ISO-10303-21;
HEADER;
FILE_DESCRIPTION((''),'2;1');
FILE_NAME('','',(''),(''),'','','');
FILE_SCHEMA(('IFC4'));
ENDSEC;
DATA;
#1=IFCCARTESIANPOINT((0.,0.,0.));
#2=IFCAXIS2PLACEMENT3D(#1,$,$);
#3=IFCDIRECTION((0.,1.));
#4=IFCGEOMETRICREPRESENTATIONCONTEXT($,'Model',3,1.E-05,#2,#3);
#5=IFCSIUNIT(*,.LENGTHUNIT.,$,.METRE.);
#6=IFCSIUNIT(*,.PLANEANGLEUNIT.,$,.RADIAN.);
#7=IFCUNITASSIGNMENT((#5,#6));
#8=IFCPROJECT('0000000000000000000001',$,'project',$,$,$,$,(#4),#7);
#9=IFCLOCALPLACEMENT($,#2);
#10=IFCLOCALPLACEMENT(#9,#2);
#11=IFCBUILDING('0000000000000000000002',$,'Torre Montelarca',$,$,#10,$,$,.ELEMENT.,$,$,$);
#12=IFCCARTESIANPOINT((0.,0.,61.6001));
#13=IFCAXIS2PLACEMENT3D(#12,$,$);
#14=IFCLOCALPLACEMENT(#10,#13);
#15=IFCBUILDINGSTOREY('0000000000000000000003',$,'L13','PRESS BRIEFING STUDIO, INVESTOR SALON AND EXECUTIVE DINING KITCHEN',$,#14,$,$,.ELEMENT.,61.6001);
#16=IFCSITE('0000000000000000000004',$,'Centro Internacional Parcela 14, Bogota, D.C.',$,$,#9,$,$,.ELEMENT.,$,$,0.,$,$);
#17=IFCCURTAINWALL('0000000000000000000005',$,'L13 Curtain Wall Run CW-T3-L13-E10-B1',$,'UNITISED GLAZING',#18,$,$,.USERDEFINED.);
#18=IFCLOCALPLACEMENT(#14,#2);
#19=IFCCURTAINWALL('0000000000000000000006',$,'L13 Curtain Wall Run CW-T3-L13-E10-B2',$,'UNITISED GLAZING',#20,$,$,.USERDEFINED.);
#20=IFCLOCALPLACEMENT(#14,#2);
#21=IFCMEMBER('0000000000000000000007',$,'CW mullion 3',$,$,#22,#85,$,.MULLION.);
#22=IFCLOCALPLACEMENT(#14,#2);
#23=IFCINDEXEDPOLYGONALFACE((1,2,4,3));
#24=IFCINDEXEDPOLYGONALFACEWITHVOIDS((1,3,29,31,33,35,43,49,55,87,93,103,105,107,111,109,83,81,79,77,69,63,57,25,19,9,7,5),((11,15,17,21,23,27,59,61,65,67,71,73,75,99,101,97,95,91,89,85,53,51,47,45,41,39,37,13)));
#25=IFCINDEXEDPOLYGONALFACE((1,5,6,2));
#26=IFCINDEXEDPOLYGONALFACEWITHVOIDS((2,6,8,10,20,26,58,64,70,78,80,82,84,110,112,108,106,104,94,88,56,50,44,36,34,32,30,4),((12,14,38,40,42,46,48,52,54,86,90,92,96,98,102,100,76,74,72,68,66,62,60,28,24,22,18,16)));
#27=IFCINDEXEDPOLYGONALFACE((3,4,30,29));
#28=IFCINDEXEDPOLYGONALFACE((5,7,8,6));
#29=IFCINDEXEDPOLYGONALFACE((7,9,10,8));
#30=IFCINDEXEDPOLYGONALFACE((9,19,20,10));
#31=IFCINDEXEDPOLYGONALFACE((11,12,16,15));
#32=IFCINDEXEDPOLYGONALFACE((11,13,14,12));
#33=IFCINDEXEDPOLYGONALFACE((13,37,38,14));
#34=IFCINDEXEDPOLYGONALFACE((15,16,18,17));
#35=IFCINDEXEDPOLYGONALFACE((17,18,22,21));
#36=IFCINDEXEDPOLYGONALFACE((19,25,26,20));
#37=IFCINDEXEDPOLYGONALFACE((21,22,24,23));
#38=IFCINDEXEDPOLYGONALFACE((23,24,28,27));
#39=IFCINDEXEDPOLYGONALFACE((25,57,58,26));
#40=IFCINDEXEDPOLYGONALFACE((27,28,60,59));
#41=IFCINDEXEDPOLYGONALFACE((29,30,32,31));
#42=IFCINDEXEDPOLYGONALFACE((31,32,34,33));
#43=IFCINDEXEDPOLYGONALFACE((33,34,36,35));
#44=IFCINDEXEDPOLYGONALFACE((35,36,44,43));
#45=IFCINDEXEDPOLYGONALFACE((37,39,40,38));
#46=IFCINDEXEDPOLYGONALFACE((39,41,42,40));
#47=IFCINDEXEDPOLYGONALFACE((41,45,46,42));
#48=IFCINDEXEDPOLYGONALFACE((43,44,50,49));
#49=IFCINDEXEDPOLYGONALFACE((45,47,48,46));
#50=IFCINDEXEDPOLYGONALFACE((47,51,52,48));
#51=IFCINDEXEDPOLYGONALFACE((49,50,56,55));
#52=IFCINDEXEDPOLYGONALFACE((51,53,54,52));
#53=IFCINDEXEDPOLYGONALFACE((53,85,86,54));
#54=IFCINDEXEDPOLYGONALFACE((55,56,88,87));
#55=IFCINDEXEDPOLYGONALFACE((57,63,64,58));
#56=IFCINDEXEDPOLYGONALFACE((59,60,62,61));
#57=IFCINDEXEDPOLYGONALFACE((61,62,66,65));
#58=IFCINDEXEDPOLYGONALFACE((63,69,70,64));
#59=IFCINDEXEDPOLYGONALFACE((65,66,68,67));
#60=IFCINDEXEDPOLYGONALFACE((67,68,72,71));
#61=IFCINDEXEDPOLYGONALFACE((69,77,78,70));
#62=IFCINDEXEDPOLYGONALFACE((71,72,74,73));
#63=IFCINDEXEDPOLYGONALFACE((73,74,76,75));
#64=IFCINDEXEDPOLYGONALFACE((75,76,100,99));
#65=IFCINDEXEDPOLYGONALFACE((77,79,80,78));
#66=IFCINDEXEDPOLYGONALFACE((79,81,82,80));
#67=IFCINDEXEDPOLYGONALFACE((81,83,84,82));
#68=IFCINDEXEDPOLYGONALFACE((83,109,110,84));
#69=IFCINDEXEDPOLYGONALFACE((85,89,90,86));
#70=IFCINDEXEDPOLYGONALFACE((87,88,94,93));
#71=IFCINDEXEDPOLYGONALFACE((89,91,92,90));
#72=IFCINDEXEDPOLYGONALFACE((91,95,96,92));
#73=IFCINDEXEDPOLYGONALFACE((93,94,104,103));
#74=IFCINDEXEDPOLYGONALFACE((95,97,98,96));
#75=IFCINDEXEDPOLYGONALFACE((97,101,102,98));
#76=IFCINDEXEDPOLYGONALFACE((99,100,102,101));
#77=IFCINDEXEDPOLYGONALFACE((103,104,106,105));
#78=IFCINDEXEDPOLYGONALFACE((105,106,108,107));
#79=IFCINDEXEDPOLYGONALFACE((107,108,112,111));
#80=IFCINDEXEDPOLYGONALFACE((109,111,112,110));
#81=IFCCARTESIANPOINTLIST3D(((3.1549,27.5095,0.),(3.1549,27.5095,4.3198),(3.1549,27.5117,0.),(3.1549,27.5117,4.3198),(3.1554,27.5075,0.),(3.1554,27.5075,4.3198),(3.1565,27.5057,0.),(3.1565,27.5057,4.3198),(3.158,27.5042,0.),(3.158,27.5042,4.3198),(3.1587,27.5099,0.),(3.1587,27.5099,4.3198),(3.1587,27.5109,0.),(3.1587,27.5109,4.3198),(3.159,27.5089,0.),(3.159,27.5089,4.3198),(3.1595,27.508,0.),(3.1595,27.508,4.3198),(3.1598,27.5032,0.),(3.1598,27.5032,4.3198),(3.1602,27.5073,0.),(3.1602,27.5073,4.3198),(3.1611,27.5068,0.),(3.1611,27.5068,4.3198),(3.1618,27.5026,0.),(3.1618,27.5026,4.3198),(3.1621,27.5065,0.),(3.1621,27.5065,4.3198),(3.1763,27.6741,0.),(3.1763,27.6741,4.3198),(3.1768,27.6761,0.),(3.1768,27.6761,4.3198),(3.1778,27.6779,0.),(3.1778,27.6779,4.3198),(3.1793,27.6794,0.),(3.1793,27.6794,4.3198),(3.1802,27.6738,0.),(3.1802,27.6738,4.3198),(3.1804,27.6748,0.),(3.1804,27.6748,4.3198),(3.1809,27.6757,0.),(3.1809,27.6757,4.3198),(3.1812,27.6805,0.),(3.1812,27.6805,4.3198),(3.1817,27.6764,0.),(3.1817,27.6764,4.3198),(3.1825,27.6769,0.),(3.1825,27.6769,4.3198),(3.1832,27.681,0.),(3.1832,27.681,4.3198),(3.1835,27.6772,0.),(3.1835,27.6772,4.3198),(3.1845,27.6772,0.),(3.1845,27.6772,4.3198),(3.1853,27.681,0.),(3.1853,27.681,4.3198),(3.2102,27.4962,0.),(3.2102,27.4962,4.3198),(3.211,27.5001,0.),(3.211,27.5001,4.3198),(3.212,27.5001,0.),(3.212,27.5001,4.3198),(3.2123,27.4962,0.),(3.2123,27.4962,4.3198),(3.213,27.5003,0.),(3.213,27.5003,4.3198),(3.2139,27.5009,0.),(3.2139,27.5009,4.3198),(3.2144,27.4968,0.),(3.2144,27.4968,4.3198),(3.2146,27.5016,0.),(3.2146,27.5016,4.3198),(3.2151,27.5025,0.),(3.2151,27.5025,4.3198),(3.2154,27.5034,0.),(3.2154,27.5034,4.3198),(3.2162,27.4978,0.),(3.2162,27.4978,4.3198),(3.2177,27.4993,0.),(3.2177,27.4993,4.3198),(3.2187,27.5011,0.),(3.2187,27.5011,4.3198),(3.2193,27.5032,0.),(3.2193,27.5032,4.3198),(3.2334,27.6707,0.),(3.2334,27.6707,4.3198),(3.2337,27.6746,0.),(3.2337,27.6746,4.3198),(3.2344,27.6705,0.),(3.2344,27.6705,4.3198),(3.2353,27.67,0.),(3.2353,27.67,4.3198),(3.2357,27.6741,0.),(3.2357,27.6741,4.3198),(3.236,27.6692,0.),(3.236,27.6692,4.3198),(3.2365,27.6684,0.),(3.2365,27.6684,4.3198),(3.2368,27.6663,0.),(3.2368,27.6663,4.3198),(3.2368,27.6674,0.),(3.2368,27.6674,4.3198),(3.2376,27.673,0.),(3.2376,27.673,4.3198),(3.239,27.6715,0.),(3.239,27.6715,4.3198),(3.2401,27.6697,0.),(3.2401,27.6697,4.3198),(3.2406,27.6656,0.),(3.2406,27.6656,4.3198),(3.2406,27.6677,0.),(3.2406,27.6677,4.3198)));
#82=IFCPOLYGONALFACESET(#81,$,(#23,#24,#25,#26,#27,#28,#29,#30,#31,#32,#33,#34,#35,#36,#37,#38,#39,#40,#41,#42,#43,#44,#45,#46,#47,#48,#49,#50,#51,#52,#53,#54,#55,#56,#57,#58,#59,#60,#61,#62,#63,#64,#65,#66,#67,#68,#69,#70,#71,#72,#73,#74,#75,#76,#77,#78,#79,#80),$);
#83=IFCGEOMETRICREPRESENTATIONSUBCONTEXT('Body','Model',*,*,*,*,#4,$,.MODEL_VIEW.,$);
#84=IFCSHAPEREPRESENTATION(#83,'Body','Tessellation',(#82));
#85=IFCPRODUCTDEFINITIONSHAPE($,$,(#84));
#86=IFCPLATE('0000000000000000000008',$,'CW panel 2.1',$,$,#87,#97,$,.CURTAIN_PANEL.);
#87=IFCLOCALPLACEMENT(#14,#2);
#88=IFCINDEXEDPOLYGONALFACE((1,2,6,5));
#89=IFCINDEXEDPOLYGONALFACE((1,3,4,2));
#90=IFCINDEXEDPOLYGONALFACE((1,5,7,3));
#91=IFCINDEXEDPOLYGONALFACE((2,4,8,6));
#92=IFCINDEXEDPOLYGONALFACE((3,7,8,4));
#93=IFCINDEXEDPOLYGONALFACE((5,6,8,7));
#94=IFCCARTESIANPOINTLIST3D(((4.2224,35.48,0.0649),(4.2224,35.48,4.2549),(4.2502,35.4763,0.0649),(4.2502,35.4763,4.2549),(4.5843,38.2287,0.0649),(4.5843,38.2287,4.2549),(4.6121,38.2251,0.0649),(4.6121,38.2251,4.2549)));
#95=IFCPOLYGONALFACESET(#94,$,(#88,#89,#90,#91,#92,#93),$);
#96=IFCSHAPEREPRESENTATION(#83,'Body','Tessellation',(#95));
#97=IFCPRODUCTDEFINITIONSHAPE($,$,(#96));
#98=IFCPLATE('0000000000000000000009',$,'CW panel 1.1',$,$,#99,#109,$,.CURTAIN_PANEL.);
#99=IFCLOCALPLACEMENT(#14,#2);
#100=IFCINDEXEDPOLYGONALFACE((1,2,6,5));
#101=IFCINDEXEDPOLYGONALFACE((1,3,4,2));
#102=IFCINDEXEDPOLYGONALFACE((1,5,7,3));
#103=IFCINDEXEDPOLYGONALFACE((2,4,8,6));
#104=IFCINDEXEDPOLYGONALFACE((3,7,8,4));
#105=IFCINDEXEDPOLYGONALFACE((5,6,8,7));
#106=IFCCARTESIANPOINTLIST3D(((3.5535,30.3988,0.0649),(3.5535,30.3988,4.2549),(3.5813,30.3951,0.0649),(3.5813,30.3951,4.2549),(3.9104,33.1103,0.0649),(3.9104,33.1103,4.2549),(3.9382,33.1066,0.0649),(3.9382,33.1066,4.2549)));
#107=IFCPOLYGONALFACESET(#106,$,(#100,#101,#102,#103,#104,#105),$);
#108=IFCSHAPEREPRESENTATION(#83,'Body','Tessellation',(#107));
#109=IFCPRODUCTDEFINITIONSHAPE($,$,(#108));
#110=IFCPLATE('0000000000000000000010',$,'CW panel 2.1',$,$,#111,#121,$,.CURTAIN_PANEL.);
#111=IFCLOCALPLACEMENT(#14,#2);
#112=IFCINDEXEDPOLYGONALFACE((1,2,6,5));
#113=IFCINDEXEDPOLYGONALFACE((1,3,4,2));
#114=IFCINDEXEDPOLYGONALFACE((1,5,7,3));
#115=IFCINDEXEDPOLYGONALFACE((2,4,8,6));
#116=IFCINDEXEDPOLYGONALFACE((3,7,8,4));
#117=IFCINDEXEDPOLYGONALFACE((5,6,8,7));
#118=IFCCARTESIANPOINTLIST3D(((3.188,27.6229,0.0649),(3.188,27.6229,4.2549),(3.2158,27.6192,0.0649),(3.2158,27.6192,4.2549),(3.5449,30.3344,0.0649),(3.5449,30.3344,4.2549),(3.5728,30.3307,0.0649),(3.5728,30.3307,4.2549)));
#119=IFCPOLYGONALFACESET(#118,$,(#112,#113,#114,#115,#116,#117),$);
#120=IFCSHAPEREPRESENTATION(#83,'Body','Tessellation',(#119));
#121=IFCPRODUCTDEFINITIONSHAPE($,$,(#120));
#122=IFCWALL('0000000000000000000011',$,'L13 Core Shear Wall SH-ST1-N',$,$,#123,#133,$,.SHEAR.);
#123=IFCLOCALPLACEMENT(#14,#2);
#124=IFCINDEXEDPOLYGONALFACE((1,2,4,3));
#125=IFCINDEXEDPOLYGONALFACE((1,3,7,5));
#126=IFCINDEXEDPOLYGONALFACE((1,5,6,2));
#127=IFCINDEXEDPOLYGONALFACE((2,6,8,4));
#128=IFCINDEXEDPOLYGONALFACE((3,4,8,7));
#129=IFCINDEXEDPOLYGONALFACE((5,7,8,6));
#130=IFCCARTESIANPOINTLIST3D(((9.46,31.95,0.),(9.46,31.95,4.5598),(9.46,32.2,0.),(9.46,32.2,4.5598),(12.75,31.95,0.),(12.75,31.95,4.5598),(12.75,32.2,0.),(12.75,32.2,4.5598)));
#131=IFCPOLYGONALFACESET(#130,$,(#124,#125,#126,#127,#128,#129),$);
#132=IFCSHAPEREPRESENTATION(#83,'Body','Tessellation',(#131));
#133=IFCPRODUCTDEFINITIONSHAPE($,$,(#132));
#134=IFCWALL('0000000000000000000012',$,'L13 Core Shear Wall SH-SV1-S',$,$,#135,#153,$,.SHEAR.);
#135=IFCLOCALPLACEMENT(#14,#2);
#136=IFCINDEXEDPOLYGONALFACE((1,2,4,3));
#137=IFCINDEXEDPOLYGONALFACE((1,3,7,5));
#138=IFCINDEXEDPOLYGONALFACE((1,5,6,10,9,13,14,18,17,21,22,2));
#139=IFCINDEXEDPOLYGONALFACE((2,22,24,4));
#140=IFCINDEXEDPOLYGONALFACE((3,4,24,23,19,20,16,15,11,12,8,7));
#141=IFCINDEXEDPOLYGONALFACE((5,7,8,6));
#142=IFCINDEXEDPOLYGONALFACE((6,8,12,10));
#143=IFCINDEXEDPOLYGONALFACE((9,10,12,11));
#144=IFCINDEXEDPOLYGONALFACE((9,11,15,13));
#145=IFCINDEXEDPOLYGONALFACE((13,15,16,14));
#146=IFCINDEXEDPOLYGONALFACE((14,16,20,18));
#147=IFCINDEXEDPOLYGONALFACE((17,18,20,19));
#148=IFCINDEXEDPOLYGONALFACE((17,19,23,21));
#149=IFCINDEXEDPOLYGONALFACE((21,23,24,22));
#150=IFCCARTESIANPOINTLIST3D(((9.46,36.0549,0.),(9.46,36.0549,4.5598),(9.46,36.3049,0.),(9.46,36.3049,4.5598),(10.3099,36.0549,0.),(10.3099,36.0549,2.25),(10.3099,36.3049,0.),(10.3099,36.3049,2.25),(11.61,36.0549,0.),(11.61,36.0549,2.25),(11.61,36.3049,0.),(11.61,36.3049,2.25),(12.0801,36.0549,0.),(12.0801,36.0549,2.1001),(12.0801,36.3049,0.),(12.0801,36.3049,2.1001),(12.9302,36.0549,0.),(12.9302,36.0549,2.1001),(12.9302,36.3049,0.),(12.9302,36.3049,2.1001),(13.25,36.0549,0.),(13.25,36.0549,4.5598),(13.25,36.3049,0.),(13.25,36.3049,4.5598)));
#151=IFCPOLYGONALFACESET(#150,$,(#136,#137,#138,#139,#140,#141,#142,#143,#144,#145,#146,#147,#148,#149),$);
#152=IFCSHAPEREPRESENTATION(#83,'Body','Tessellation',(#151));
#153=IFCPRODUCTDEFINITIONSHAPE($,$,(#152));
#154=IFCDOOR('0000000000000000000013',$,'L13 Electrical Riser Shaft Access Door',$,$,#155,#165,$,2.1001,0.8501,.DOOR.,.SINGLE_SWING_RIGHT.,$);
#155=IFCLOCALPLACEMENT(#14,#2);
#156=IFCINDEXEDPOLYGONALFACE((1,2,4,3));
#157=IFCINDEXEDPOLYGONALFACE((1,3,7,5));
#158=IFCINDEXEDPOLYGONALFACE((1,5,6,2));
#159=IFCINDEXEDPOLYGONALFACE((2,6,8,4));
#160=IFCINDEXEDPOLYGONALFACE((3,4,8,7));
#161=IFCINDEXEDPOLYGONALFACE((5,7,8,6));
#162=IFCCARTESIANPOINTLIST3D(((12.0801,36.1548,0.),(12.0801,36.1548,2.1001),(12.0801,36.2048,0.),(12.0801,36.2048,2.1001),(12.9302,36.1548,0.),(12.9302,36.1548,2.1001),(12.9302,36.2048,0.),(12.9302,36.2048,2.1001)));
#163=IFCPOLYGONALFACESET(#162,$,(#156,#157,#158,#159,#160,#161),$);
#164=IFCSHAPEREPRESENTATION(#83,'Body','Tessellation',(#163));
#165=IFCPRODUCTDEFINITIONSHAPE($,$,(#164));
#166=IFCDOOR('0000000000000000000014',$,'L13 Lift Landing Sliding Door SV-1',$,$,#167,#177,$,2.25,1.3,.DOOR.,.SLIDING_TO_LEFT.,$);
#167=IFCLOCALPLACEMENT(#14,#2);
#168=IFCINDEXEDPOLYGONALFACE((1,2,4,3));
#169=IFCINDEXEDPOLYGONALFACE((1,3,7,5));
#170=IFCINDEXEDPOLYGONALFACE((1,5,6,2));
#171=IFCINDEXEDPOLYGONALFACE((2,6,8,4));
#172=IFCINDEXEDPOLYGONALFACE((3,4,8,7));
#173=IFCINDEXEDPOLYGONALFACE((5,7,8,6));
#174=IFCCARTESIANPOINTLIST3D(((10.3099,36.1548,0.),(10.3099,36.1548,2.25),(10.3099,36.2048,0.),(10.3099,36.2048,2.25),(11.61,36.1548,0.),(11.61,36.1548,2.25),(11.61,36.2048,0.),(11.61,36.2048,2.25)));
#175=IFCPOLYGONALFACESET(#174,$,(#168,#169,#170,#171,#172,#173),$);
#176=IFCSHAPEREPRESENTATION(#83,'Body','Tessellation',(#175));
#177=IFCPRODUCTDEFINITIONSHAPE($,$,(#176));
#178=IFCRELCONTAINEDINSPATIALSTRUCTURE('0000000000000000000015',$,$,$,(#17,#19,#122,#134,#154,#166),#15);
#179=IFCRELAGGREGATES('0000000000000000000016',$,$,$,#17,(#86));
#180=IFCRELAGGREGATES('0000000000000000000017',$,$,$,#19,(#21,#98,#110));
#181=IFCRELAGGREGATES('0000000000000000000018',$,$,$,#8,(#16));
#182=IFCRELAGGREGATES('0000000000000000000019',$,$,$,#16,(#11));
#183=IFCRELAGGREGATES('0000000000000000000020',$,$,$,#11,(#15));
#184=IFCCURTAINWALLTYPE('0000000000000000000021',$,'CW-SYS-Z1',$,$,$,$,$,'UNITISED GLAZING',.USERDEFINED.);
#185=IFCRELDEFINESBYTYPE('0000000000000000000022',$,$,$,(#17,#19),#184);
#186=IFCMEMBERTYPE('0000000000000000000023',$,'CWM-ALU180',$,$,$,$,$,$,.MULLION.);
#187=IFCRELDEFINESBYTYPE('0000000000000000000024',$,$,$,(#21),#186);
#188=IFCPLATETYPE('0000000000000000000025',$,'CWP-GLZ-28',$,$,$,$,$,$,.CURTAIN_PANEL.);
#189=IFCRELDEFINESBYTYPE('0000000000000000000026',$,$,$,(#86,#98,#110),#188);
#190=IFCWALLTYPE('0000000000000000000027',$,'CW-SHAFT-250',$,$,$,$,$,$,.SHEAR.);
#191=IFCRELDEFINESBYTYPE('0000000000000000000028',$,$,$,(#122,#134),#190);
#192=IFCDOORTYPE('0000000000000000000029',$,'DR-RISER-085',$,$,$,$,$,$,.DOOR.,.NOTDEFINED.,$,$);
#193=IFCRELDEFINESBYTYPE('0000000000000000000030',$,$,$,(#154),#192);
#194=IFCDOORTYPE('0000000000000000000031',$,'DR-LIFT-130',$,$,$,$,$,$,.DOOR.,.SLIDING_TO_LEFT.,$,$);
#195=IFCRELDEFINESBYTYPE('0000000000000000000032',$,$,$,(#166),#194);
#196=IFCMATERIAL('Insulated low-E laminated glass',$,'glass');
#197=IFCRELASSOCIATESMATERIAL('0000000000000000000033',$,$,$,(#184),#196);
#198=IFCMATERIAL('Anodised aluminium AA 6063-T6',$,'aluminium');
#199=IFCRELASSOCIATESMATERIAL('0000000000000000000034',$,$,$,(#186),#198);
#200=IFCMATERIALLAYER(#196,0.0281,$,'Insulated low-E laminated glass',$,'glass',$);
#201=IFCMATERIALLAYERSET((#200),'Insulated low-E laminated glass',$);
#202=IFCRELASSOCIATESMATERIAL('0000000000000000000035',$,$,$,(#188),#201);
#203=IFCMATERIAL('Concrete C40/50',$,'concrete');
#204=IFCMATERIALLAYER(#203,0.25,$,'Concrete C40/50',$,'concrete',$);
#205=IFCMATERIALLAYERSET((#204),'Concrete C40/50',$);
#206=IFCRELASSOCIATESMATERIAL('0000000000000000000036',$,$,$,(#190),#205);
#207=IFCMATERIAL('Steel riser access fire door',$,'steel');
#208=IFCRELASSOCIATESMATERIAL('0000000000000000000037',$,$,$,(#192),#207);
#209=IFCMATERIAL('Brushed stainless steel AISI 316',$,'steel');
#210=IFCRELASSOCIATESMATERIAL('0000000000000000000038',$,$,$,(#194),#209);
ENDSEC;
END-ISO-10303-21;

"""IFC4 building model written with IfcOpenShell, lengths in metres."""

from ifc_helpers import new_model, si_unit, direction, frame, frame_2d, origin, origin_2d, place, context, subcontext, project, spatial, rectangle, hollow_rectangle, extrude, source, transform, mapped, material, layer, layer_set, material_profile, profile_set, type_object, element, fill, aggregate, save


model = new_model("IFC4")

# Units and contexts
model_context = context("Model", 3, precision=1e-05, world=origin(), true_north=direction((0.0, 1.0)))
body_context = subcontext(model_context, "Body", "Model", "MODEL_VIEW")
ifc_project = project(units=[si_unit("LENGTHUNIT", "METRE"), si_unit("PLANEANGLEUNIT", "RADIAN")], contexts=[model_context])

# Site, building, storey
site_placement = place(None, origin())
site = spatial("IfcSite", under=ifc_project, at=site_placement, Name="Centro Internacional Parcela 14, Bogota, D.C.", CompositionType="ELEMENT", RefElevation=0.0)
building_placement = place(site_placement, origin())
building = spatial("IfcBuilding", under=site, at=building_placement, Name="Torre Montelarca", CompositionType="ELEMENT")
storey_placement = place(building_placement, frame((0.0, 0.0, 61.6001)))
storey = spatial("IfcBuildingStorey", under=building, at=storey_placement, Name="L13", Description="PRESS BRIEFING STUDIO, INVESTOR SALON AND EXECUTIVE DINING KITCHEN", CompositionType="ELEMENT", Elevation=61.6001)

# Curtain wall
ifc_material_1 = material(Name="Insulated low-E laminated glass", Category="glass")
curtain_wall_type = type_object("IfcCurtainWallType", Name="CW-SYS-Z1", ElementType="UNITISED GLAZING", PredefinedType="USERDEFINED", material=ifc_material_1)
curtain_wall_1_placement = place(storey_placement, origin())
curtain_wall_1 = element("IfcCurtainWall", 1, at=curtain_wall_1_placement, inside=storey, type_object=curtain_wall_type, Name="L13 Curtain Wall Run CW-T3-L13-E10-B1", ObjectType="UNITISED GLAZING", PredefinedType="USERDEFINED")
ifc_material_2 = material(Name="Anodised aluminium AA 6063-T6", Category="aluminium")

# Curtain wall
curtain_wall_2_placement = place(storey_placement, origin())
curtain_wall_2 = element("IfcCurtainWall", 2, at=curtain_wall_2_placement, inside=storey, type_object=curtain_wall_type, Name="L13 Curtain Wall Run CW-T3-L13-E10-B2", ObjectType="UNITISED GLAZING", PredefinedType="USERDEFINED")

# Member
ifc_material_profile_1 = material_profile(ifc_material_2, hollow_rectangle(XDim=0.0649, YDim=0.1799, WallThickness=0.0039, InnerFilletRadius=0.0039, OuterFilletRadius=0.0081, at=origin_2d()), Name="ALU65X180X4", Category="aluminium")
ifc_profile_set_1 = profile_set([ifc_material_profile_1], Name="Anodised aluminium AA 6063-T6")
member_type_1 = type_object("IfcMemberType", Name="CWM-ALU180", PredefinedType="MULLION", material=ifc_profile_set_1)
shared_shape_1 = source(origin(), body_context, "Body", "SweptSolid", [
    extrude(hollow_rectangle(XDim=0.0649, YDim=0.1799, WallThickness=0.0039, InnerFilletRadius=0.0039, OuterFilletRadius=0.0081, at=origin_2d()), origin(), (0.0, 0.0, 1.0), 4.3198),
])
member_1_placement = place(storey_placement, frame((3.1978, 27.5886, 0.0), z_axis=(0.0, 0.0, 1.0), x_axis=(0.991445, -0.130522, 0.0)))
member_1 = element("IfcMember", 3, at=member_1_placement, type_object=member_type_1, Name="CW mullion 3", PredefinedType="MULLION", context=body_context, shape_type="MappedRepresentation", body=[
    mapped(shared_shape_1, transform((0.0, 0.0, 0.0), scale=1.0)),
])

# Plates
ifc_layer_1 = layer(ifc_material_1, 0.0281, Name="Insulated low-E laminated glass", Category="glass")
ifc_layer_set_1 = layer_set([ifc_layer_1], Name="Insulated low-E laminated glass")
plate_type = type_object("IfcPlateType", Name="CWP-GLZ-28", PredefinedType="CURTAIN_PANEL", material=ifc_layer_set_1)
shared_shape_2 = source(origin(), body_context, "Body", "SweptSolid", [
    extrude(rectangle(XDim=2.7725, YDim=0.0281, at=origin_2d()), origin(), (0.0, 0.0, 1.0), 4.1899),
])
plate_1_placement = place(storey_placement, frame((4.4172, 36.8525, 0.0649), z_axis=(0.0, 0.0, 1.0), x_axis=(-0.130542, -0.991443, 0.0)))
plate_1 = element("IfcPlate", 4, at=plate_1_placement, type_object=plate_type, Name="CW panel 2.1", PredefinedType="CURTAIN_PANEL", context=body_context, shape_type="MappedRepresentation", body=[
    mapped(shared_shape_2, transform((0.0, 0.0, 0.0), scale=1.0)),
])
aggregate(curtain_wall_1, [plate_1])
shared_shape_3 = source(origin(), body_context, "Body", "SweptSolid", [
    extrude(rectangle(XDim=2.7349, YDim=0.0281, at=origin_2d()), origin(), (0.0, 0.0, 1.0), 4.1899),
])
plate_2_placement = place(storey_placement, frame((3.7458, 31.7527, 0.0649), z_axis=(0.0, 0.0, 1.0), x_axis=(-0.130522, -0.991445, 0.0)))
plate_2 = element("IfcPlate", 5, at=plate_2_placement, type_object=plate_type, Name="CW panel 1.1", PredefinedType="CURTAIN_PANEL", context=body_context, shape_type="MappedRepresentation", body=[
    mapped(shared_shape_3, transform((0.0, 0.0, 0.0), scale=1.0)),
])
plate_3_placement = place(storey_placement, frame((3.3804, 28.9768, 0.0649), z_axis=(0.0, 0.0, 1.0), x_axis=(-0.130522, -0.991445, 0.0)))
plate_3 = element("IfcPlate", 6, at=plate_3_placement, type_object=plate_type, Name="CW panel 2.1", PredefinedType="CURTAIN_PANEL", context=body_context, shape_type="MappedRepresentation", body=[
    mapped(shared_shape_3, transform((0.0, 0.0, 0.0), scale=1.0)),
])
aggregate(curtain_wall_2, [member_1, plate_2, plate_3])

# Wall
ifc_material_3 = material(Name="Concrete C40/50", Category="concrete")
ifc_layer_2 = layer(ifc_material_3, 0.25, Name="Concrete C40/50", Category="concrete")
ifc_layer_set_2 = layer_set([ifc_layer_2], Name="Concrete C40/50")
wall_type = type_object("IfcWallType", Name="CW-SHAFT-250", PredefinedType="SHEAR", material=ifc_layer_set_2)
wall_1_placement = place(storey_placement, frame((9.46, 32.075, 0.0), z_axis=(0.0, 0.0, 1.0), x_axis=(1.0, 0.0, 0.0)))
element("IfcWall", 7, at=wall_1_placement, inside=storey, type_object=wall_type, Name="L13 Core Shear Wall SH-ST1-N", PredefinedType="SHEAR", context=body_context, shape_type="SweptSolid", body=[
    extrude(rectangle(XDim=3.29, YDim=0.25, at=frame_2d((1.645, 0.0))), origin(), (0.0, 0.0, 1.0), 4.5598),
])

# Wall, openings, doors
wall_2_placement = place(storey_placement, frame((9.46, 36.1799, 0.0), z_axis=(0.0, 0.0, 1.0), x_axis=(1.0, 0.0, 0.0)))
wall_2 = element("IfcWall", 8, at=wall_2_placement, inside=storey, type_object=wall_type, Name="L13 Core Shear Wall SH-SV1-S", PredefinedType="SHEAR", context=body_context, shape_type="SweptSolid", body=[
    extrude(rectangle(XDim=3.79, YDim=0.25, at=frame_2d((1.895, 0.0))), origin(), (0.0, 0.0, 1.0), 4.5598),
])
opening_1_placement = place(wall_2_placement, frame((2.6201, 0.0, 0.0)))
opening_1 = element("IfcOpeningElement", 9, at=opening_1_placement, cuts=wall_2, PredefinedType="OPENING", context=body_context, shape_type="SweptSolid", body=[
    extrude(rectangle(XDim=0.8501, YDim=2.1001, at=frame_2d((0.425, 1.05))), frame((0.0, 0.135, 0.0), z_axis=(0.0, -1.0, 0.0), x_axis=(1.0, 0.0, 0.0)), (0.0, 0.0, 1.0), 0.27),
])
opening_2_placement = place(wall_2_placement, frame((0.8501, 0.0, 0.0)))
opening_2 = element("IfcOpeningElement", 10, at=opening_2_placement, cuts=wall_2, PredefinedType="OPENING", context=body_context, shape_type="SweptSolid", body=[
    extrude(rectangle(XDim=1.3, YDim=2.25, at=frame_2d((0.6499, 1.125))), frame((0.0, 0.135, 0.0), z_axis=(0.0, -1.0, 0.0), x_axis=(1.0, 0.0, 0.0)), (0.0, 0.0, 1.0), 0.27),
])
ifc_material_4 = material(Name="Steel riser access fire door", Category="steel")
door_type_1 = type_object("IfcDoorType", Name="DR-RISER-085", OperationType="NOTDEFINED", PredefinedType="DOOR", material=ifc_material_4)
shared_shape_4 = source(origin(), body_context, "Body", "SweptSolid", [
    extrude(rectangle(XDim=0.8501, YDim=2.1001, at=frame_2d((0.425, 1.05))), frame((0.0, 0.0249, 0.0), z_axis=(0.0, -1.0, 0.0), x_axis=(1.0, 0.0, 0.0)), (0.0, 0.0, 1.0), 0.05),
])
door_1_placement = place(opening_1_placement, origin())
door_1 = element("IfcDoor", 11, at=door_1_placement, inside=storey, type_object=door_type_1, Name="L13 Electrical Riser Shaft Access Door", OperationType="SINGLE_SWING_RIGHT", OverallHeight=2.1001, OverallWidth=0.8501, PredefinedType="DOOR", context=body_context, shape_type="MappedRepresentation", body=[
    mapped(shared_shape_4, transform((0.0, 0.0, 0.0), scale=1.0)),
])
fill(opening_1, door_1)
ifc_material_5 = material(Name="Brushed stainless steel AISI 316", Category="steel")
door_type_2 = type_object("IfcDoorType", Name="DR-LIFT-130", OperationType="SLIDING_TO_LEFT", PredefinedType="DOOR", material=ifc_material_5)
shared_shape_5 = source(origin(), body_context, "Body", "SweptSolid", [
    extrude(rectangle(XDim=1.3, YDim=2.25, at=frame_2d((0.6499, 1.125))), frame((0.0, 0.0249, 0.0), z_axis=(0.0, -1.0, 0.0), x_axis=(1.0, 0.0, 0.0)), (0.0, 0.0, 1.0), 0.05),
])
door_2_placement = place(opening_2_placement, origin())
door_2 = element("IfcDoor", 12, at=door_2_placement, inside=storey, type_object=door_type_2, Name="L13 Lift Landing Sliding Door SV-1", OperationType="SLIDING_TO_LEFT", OverallHeight=2.25, OverallWidth=1.3, PredefinedType="DOOR", context=body_context, shape_type="MappedRepresentation", body=[
    mapped(shared_shape_5, transform((0.0, 0.0, 0.0), scale=1.0)),
])
fill(opening_2, door_2)

save(model, "model.ifc")
